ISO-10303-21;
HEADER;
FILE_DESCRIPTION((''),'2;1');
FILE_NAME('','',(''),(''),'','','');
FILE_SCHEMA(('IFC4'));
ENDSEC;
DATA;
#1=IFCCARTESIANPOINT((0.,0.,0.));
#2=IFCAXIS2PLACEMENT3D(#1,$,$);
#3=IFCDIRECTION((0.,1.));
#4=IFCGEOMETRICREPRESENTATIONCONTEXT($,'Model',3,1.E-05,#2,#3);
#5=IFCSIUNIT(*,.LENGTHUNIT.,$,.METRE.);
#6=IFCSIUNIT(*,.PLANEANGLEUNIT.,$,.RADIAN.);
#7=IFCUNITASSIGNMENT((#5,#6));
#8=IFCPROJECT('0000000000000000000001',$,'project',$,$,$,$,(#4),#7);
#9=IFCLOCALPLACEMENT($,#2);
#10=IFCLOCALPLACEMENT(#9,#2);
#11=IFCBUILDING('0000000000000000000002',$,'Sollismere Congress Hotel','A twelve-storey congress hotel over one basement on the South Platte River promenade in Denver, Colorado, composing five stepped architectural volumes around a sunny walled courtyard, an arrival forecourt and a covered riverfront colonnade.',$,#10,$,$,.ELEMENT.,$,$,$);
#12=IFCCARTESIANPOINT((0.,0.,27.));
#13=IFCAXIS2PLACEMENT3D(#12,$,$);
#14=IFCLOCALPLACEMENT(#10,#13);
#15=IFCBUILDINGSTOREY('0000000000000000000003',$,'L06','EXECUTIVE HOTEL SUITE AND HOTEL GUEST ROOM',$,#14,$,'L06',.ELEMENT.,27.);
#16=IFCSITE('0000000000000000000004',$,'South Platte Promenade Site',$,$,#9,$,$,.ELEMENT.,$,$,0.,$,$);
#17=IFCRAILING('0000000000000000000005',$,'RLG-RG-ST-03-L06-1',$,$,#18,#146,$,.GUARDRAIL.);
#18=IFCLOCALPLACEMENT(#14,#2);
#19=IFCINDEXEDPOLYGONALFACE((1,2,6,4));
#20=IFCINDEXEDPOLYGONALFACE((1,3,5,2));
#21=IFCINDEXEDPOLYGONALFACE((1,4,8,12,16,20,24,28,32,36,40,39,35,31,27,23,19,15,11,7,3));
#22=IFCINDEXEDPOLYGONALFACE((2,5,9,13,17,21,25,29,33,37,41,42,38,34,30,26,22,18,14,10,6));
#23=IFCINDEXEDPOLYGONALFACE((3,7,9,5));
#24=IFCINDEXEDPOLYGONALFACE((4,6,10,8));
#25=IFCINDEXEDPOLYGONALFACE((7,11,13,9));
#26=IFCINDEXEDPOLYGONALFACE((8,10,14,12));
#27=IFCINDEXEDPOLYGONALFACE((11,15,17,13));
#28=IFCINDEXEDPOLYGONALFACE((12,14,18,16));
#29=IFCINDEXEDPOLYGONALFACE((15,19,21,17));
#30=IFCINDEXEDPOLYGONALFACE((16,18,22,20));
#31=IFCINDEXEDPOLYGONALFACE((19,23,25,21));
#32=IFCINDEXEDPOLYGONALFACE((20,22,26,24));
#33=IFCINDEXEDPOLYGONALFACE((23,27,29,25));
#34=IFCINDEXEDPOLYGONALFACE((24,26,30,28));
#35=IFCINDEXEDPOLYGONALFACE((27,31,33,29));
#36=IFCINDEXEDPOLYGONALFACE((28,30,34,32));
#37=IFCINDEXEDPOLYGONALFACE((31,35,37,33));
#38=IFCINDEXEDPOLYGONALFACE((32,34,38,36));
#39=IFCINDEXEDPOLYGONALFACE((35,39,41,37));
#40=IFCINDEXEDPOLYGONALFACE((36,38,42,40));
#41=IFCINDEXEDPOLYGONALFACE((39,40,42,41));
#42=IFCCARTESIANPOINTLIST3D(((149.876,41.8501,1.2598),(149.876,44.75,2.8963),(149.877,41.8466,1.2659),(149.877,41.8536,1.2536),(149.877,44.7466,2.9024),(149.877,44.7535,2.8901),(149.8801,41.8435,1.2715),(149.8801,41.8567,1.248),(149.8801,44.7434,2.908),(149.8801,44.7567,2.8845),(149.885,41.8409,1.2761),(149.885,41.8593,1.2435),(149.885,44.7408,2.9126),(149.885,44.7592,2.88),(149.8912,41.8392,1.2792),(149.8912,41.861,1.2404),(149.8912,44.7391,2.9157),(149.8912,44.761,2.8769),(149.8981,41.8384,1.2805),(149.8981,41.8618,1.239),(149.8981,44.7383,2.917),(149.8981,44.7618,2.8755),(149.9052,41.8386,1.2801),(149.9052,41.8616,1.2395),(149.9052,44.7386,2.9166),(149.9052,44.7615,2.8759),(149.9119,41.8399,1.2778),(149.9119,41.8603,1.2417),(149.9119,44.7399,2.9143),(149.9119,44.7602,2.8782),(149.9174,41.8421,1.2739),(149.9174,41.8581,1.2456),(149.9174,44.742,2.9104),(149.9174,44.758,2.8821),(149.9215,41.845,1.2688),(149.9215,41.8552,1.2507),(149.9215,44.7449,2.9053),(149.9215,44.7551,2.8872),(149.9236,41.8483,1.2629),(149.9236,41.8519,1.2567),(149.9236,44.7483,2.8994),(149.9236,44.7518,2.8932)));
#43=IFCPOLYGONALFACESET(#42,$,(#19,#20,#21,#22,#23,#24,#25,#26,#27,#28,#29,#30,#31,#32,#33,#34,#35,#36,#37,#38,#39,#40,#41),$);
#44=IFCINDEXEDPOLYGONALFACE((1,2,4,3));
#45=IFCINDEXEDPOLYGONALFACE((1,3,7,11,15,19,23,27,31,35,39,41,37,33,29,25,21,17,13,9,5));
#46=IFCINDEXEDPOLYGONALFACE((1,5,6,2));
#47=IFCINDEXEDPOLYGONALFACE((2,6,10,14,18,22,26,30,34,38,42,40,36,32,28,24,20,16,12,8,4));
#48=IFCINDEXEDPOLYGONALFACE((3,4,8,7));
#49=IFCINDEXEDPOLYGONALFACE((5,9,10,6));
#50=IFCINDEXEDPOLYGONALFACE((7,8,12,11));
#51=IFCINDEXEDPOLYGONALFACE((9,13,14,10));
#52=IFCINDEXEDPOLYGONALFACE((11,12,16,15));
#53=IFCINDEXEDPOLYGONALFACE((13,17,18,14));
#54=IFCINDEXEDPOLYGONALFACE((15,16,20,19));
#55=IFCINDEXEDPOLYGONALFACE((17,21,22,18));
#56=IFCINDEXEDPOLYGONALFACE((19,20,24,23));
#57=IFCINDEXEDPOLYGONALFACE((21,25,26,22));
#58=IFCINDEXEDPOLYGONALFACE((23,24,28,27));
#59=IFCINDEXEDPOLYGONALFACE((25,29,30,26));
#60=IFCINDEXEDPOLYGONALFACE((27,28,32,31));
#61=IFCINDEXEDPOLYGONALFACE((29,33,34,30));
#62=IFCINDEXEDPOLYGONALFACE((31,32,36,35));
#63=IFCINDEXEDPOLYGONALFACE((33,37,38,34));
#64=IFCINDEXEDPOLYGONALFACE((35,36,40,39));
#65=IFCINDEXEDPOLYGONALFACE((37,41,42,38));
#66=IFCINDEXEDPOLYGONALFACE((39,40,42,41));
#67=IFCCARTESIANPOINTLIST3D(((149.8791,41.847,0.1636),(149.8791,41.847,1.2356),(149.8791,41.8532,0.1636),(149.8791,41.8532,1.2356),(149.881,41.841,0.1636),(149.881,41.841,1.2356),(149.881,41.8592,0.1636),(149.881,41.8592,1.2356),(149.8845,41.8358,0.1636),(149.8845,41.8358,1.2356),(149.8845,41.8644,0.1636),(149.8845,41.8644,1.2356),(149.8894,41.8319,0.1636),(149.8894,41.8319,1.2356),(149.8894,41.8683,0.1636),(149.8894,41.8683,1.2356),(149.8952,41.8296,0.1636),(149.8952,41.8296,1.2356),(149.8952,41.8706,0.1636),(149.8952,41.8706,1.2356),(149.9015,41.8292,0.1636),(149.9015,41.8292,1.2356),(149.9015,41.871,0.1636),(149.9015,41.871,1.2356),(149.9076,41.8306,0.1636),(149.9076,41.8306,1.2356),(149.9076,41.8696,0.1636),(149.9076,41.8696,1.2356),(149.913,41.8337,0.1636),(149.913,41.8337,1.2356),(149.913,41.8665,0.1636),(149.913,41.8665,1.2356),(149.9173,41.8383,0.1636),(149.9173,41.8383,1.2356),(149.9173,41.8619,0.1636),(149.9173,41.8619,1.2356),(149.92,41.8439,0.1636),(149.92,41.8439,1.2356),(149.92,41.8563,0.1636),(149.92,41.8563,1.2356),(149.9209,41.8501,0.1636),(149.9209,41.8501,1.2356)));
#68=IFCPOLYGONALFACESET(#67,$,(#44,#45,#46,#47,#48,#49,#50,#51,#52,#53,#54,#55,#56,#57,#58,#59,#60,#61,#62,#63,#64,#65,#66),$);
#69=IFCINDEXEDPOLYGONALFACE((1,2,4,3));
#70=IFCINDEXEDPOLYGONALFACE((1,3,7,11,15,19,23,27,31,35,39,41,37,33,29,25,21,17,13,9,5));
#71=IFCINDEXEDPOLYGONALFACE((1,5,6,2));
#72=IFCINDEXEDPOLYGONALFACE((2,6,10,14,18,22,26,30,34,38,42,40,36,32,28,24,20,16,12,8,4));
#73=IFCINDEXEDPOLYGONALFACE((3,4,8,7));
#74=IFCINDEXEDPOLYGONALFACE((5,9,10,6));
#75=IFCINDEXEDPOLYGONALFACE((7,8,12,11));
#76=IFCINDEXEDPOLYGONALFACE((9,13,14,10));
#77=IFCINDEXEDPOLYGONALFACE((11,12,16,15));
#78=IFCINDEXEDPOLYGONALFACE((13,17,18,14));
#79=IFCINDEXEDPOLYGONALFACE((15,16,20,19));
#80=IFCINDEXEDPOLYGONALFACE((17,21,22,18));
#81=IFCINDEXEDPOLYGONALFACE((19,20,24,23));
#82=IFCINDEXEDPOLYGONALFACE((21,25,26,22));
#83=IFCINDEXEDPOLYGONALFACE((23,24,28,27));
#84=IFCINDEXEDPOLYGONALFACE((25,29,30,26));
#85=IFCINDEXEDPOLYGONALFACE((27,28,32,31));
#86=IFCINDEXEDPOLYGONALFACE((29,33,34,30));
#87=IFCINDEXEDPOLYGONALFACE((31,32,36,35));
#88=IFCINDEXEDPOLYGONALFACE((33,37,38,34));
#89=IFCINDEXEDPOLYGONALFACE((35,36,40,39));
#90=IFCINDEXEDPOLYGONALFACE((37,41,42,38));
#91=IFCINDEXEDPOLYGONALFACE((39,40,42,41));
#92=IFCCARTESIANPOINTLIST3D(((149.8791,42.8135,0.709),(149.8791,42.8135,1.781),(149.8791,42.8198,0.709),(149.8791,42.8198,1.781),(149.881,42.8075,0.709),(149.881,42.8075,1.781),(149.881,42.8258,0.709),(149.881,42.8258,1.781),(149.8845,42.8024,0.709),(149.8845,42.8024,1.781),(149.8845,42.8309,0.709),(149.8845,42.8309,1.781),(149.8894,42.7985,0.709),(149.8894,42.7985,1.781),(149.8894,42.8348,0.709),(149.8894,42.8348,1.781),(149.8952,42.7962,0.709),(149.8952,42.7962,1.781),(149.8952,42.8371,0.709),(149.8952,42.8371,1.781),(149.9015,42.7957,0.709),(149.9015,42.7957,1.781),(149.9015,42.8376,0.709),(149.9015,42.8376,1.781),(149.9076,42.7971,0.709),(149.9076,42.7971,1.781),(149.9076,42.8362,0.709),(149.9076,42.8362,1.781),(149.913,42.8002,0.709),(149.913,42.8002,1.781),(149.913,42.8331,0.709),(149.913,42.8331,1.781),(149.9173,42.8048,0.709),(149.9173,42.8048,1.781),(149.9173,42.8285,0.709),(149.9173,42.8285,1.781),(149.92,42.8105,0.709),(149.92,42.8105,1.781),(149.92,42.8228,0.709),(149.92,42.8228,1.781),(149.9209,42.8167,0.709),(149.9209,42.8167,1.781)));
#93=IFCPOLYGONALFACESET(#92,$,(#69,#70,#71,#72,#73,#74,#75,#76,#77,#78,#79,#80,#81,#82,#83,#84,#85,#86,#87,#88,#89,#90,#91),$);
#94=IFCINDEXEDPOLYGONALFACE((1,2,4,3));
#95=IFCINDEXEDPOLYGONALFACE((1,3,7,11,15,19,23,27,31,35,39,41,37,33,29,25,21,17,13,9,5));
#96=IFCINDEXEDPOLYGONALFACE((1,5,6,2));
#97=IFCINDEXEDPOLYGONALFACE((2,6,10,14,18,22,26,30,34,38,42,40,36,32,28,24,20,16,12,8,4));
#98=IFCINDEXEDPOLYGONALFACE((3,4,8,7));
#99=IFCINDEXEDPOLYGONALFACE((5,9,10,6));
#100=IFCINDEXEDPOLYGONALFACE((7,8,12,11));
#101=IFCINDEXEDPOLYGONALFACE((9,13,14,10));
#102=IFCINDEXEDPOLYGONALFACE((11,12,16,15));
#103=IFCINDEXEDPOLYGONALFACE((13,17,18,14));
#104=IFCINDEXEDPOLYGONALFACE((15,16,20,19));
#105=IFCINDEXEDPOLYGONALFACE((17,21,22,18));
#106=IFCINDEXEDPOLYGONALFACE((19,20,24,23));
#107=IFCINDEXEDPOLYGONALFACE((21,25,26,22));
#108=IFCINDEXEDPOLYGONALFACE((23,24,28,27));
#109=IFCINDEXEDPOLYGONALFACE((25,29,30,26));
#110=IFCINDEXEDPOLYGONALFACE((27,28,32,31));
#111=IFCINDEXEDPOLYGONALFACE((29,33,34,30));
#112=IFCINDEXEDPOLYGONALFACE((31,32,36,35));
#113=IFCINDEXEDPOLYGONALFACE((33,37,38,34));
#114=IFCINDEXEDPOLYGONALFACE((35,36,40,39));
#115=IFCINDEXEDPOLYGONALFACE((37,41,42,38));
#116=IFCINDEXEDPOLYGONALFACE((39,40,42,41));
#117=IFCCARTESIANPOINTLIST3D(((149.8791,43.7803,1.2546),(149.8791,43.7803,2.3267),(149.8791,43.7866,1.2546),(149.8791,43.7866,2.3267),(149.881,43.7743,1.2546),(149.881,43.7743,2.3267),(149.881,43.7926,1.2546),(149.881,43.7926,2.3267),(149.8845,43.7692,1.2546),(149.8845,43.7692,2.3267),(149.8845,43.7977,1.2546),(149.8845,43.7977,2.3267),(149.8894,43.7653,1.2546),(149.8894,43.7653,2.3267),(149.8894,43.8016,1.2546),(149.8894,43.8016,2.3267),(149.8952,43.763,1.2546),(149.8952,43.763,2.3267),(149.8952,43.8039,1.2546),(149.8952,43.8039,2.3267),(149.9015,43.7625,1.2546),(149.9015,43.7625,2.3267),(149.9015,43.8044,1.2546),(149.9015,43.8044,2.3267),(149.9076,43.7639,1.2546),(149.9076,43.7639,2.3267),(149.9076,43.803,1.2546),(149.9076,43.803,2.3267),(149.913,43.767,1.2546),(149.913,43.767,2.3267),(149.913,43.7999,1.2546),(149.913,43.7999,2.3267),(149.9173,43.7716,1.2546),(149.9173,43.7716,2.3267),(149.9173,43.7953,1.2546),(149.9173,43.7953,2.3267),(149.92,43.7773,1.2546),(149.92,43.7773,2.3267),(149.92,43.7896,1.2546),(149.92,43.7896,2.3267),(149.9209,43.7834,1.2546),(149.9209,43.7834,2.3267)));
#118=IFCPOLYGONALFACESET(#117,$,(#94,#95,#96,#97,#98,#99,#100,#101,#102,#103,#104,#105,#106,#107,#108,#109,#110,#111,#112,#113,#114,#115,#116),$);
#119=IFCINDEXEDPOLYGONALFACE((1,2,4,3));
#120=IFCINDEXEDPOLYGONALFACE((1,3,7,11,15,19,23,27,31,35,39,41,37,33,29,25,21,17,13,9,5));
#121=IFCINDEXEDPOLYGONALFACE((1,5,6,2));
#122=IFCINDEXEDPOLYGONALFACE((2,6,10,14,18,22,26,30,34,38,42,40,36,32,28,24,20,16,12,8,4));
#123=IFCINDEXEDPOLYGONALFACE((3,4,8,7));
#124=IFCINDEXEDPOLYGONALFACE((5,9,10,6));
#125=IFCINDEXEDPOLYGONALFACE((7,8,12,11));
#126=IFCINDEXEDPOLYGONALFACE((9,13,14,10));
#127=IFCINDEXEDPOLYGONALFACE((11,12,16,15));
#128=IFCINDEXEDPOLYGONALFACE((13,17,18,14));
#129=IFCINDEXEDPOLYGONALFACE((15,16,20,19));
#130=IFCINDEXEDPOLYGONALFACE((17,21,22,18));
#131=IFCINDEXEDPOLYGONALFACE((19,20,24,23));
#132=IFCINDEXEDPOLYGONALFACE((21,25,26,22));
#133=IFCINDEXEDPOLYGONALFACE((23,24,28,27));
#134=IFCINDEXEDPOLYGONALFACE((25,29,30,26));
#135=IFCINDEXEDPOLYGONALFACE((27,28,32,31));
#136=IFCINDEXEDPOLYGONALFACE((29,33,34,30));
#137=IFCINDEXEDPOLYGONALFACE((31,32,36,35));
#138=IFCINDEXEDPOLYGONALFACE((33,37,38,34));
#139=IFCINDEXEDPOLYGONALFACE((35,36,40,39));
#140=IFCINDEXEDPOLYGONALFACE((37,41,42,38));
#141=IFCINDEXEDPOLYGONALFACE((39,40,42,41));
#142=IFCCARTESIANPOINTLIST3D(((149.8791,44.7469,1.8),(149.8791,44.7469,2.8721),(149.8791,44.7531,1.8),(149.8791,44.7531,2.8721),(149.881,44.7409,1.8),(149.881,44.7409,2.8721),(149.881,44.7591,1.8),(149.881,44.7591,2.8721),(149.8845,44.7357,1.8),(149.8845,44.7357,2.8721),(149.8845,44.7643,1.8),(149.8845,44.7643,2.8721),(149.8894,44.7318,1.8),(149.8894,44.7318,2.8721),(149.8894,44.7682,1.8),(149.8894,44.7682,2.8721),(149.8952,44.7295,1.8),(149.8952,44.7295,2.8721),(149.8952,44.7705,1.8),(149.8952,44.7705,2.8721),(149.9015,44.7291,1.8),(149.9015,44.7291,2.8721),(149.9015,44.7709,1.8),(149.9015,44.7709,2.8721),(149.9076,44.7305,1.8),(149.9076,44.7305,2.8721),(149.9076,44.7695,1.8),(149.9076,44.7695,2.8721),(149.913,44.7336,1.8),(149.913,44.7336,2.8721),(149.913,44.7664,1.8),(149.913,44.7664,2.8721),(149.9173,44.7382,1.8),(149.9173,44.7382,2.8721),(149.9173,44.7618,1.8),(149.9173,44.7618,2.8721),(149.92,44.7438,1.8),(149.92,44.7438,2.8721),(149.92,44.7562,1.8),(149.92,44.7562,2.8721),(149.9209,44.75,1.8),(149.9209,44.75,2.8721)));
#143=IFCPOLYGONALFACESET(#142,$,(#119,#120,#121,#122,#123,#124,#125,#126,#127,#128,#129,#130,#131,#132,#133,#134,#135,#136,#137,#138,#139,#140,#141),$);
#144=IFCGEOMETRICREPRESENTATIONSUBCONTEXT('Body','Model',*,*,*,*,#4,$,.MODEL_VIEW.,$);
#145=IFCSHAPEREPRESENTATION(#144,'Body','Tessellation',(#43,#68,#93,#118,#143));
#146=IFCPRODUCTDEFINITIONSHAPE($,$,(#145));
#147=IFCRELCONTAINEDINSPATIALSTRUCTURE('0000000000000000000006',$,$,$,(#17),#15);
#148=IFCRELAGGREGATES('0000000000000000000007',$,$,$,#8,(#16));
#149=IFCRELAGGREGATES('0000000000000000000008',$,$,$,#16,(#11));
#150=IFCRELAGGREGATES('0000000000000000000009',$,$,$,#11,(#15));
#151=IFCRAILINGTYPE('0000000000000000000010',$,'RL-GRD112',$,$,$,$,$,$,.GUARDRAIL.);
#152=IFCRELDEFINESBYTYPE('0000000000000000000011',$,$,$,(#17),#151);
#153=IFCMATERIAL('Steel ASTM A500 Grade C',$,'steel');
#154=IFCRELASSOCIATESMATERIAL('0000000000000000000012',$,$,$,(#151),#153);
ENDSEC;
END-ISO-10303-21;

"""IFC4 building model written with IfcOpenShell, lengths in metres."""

from ifc_helpers import new_model, si_unit, direction, frame, origin, origin_2d, place, context, subcontext, project, spatial, circle, extrude, material, type_object, element, save


model = new_model("IFC4")

# Units and contexts
model_context = context("Model", 3, precision=1e-05, world=origin(), true_north=direction((0.0, 1.0)))
body_context = subcontext(model_context, "Body", "Model", "MODEL_VIEW")
ifc_project = project(units=[si_unit("LENGTHUNIT", "METRE"), si_unit("PLANEANGLEUNIT", "RADIAN")], contexts=[model_context])

# Site, building, storey
site_placement = place(None, origin())
site = spatial("IfcSite", under=ifc_project, at=site_placement, Name="South Platte Promenade Site", CompositionType="ELEMENT", RefElevation=0.0)
building_placement = place(site_placement, origin())
building = spatial("IfcBuilding", under=site, at=building_placement, Name="Sollismere Congress Hotel", Description="A twelve-storey congress hotel over one basement on the South Platte River promenade in Denver, Colorado, composing five stepped architectural volumes around a sunny walled courtyard, an arrival forecourt and a covered riverfront colonnade.", CompositionType="ELEMENT")
storey_placement = place(building_placement, frame((0.0, 0.0, 27.0)))
storey = spatial("IfcBuildingStorey", under=building, at=storey_placement, Name="L06", Description="EXECUTIVE HOTEL SUITE AND HOTEL GUEST ROOM", LongName="L06", CompositionType="ELEMENT", Elevation=27.0)

# Railing
ifc_material_1 = material(Name="Steel ASTM A500 Grade C", Category="steel")
railing_type_1 = type_object("IfcRailingType", Name="RL-GRD112", PredefinedType="GUARDRAIL", material=ifc_material_1)
railing_1_placement = place(storey_placement, frame((149.8999, 41.8501, 0.1636)))
element("IfcRailing", 1, at=railing_1_placement, inside=storey, type_object=railing_type_1, Name="RLG-RG-ST-03-L06-1", PredefinedType="GUARDRAIL", context=body_context, shape_type="SweptSolid", body=[
    extrude(circle(Radius=0.0239, at=origin_2d()), frame((0.0, 0.0, 1.0962), z_axis=(0.0, 0.870897, 0.491465), x_axis=(-1.0, 0.0, 0.0)), (0.0, 0.0, 1.0), 3.3298),
    extrude(circle(Radius=0.021, at=origin_2d()), origin(), (0.0, 0.0, 1.0), 1.072),
    extrude(circle(Radius=0.021, at=origin_2d()), frame((0.0, 0.9666, 0.5454)), (0.0, 0.0, 1.0), 1.072),
    extrude(circle(Radius=0.021, at=origin_2d()), frame((0.0, 1.9333, 1.0911)), (0.0, 0.0, 1.0), 1.072),
    extrude(circle(Radius=0.021, at=origin_2d()), frame((0.0, 2.8999, 1.6365)), (0.0, 0.0, 1.0), 1.072),
])

save(model, "model.ifc")
